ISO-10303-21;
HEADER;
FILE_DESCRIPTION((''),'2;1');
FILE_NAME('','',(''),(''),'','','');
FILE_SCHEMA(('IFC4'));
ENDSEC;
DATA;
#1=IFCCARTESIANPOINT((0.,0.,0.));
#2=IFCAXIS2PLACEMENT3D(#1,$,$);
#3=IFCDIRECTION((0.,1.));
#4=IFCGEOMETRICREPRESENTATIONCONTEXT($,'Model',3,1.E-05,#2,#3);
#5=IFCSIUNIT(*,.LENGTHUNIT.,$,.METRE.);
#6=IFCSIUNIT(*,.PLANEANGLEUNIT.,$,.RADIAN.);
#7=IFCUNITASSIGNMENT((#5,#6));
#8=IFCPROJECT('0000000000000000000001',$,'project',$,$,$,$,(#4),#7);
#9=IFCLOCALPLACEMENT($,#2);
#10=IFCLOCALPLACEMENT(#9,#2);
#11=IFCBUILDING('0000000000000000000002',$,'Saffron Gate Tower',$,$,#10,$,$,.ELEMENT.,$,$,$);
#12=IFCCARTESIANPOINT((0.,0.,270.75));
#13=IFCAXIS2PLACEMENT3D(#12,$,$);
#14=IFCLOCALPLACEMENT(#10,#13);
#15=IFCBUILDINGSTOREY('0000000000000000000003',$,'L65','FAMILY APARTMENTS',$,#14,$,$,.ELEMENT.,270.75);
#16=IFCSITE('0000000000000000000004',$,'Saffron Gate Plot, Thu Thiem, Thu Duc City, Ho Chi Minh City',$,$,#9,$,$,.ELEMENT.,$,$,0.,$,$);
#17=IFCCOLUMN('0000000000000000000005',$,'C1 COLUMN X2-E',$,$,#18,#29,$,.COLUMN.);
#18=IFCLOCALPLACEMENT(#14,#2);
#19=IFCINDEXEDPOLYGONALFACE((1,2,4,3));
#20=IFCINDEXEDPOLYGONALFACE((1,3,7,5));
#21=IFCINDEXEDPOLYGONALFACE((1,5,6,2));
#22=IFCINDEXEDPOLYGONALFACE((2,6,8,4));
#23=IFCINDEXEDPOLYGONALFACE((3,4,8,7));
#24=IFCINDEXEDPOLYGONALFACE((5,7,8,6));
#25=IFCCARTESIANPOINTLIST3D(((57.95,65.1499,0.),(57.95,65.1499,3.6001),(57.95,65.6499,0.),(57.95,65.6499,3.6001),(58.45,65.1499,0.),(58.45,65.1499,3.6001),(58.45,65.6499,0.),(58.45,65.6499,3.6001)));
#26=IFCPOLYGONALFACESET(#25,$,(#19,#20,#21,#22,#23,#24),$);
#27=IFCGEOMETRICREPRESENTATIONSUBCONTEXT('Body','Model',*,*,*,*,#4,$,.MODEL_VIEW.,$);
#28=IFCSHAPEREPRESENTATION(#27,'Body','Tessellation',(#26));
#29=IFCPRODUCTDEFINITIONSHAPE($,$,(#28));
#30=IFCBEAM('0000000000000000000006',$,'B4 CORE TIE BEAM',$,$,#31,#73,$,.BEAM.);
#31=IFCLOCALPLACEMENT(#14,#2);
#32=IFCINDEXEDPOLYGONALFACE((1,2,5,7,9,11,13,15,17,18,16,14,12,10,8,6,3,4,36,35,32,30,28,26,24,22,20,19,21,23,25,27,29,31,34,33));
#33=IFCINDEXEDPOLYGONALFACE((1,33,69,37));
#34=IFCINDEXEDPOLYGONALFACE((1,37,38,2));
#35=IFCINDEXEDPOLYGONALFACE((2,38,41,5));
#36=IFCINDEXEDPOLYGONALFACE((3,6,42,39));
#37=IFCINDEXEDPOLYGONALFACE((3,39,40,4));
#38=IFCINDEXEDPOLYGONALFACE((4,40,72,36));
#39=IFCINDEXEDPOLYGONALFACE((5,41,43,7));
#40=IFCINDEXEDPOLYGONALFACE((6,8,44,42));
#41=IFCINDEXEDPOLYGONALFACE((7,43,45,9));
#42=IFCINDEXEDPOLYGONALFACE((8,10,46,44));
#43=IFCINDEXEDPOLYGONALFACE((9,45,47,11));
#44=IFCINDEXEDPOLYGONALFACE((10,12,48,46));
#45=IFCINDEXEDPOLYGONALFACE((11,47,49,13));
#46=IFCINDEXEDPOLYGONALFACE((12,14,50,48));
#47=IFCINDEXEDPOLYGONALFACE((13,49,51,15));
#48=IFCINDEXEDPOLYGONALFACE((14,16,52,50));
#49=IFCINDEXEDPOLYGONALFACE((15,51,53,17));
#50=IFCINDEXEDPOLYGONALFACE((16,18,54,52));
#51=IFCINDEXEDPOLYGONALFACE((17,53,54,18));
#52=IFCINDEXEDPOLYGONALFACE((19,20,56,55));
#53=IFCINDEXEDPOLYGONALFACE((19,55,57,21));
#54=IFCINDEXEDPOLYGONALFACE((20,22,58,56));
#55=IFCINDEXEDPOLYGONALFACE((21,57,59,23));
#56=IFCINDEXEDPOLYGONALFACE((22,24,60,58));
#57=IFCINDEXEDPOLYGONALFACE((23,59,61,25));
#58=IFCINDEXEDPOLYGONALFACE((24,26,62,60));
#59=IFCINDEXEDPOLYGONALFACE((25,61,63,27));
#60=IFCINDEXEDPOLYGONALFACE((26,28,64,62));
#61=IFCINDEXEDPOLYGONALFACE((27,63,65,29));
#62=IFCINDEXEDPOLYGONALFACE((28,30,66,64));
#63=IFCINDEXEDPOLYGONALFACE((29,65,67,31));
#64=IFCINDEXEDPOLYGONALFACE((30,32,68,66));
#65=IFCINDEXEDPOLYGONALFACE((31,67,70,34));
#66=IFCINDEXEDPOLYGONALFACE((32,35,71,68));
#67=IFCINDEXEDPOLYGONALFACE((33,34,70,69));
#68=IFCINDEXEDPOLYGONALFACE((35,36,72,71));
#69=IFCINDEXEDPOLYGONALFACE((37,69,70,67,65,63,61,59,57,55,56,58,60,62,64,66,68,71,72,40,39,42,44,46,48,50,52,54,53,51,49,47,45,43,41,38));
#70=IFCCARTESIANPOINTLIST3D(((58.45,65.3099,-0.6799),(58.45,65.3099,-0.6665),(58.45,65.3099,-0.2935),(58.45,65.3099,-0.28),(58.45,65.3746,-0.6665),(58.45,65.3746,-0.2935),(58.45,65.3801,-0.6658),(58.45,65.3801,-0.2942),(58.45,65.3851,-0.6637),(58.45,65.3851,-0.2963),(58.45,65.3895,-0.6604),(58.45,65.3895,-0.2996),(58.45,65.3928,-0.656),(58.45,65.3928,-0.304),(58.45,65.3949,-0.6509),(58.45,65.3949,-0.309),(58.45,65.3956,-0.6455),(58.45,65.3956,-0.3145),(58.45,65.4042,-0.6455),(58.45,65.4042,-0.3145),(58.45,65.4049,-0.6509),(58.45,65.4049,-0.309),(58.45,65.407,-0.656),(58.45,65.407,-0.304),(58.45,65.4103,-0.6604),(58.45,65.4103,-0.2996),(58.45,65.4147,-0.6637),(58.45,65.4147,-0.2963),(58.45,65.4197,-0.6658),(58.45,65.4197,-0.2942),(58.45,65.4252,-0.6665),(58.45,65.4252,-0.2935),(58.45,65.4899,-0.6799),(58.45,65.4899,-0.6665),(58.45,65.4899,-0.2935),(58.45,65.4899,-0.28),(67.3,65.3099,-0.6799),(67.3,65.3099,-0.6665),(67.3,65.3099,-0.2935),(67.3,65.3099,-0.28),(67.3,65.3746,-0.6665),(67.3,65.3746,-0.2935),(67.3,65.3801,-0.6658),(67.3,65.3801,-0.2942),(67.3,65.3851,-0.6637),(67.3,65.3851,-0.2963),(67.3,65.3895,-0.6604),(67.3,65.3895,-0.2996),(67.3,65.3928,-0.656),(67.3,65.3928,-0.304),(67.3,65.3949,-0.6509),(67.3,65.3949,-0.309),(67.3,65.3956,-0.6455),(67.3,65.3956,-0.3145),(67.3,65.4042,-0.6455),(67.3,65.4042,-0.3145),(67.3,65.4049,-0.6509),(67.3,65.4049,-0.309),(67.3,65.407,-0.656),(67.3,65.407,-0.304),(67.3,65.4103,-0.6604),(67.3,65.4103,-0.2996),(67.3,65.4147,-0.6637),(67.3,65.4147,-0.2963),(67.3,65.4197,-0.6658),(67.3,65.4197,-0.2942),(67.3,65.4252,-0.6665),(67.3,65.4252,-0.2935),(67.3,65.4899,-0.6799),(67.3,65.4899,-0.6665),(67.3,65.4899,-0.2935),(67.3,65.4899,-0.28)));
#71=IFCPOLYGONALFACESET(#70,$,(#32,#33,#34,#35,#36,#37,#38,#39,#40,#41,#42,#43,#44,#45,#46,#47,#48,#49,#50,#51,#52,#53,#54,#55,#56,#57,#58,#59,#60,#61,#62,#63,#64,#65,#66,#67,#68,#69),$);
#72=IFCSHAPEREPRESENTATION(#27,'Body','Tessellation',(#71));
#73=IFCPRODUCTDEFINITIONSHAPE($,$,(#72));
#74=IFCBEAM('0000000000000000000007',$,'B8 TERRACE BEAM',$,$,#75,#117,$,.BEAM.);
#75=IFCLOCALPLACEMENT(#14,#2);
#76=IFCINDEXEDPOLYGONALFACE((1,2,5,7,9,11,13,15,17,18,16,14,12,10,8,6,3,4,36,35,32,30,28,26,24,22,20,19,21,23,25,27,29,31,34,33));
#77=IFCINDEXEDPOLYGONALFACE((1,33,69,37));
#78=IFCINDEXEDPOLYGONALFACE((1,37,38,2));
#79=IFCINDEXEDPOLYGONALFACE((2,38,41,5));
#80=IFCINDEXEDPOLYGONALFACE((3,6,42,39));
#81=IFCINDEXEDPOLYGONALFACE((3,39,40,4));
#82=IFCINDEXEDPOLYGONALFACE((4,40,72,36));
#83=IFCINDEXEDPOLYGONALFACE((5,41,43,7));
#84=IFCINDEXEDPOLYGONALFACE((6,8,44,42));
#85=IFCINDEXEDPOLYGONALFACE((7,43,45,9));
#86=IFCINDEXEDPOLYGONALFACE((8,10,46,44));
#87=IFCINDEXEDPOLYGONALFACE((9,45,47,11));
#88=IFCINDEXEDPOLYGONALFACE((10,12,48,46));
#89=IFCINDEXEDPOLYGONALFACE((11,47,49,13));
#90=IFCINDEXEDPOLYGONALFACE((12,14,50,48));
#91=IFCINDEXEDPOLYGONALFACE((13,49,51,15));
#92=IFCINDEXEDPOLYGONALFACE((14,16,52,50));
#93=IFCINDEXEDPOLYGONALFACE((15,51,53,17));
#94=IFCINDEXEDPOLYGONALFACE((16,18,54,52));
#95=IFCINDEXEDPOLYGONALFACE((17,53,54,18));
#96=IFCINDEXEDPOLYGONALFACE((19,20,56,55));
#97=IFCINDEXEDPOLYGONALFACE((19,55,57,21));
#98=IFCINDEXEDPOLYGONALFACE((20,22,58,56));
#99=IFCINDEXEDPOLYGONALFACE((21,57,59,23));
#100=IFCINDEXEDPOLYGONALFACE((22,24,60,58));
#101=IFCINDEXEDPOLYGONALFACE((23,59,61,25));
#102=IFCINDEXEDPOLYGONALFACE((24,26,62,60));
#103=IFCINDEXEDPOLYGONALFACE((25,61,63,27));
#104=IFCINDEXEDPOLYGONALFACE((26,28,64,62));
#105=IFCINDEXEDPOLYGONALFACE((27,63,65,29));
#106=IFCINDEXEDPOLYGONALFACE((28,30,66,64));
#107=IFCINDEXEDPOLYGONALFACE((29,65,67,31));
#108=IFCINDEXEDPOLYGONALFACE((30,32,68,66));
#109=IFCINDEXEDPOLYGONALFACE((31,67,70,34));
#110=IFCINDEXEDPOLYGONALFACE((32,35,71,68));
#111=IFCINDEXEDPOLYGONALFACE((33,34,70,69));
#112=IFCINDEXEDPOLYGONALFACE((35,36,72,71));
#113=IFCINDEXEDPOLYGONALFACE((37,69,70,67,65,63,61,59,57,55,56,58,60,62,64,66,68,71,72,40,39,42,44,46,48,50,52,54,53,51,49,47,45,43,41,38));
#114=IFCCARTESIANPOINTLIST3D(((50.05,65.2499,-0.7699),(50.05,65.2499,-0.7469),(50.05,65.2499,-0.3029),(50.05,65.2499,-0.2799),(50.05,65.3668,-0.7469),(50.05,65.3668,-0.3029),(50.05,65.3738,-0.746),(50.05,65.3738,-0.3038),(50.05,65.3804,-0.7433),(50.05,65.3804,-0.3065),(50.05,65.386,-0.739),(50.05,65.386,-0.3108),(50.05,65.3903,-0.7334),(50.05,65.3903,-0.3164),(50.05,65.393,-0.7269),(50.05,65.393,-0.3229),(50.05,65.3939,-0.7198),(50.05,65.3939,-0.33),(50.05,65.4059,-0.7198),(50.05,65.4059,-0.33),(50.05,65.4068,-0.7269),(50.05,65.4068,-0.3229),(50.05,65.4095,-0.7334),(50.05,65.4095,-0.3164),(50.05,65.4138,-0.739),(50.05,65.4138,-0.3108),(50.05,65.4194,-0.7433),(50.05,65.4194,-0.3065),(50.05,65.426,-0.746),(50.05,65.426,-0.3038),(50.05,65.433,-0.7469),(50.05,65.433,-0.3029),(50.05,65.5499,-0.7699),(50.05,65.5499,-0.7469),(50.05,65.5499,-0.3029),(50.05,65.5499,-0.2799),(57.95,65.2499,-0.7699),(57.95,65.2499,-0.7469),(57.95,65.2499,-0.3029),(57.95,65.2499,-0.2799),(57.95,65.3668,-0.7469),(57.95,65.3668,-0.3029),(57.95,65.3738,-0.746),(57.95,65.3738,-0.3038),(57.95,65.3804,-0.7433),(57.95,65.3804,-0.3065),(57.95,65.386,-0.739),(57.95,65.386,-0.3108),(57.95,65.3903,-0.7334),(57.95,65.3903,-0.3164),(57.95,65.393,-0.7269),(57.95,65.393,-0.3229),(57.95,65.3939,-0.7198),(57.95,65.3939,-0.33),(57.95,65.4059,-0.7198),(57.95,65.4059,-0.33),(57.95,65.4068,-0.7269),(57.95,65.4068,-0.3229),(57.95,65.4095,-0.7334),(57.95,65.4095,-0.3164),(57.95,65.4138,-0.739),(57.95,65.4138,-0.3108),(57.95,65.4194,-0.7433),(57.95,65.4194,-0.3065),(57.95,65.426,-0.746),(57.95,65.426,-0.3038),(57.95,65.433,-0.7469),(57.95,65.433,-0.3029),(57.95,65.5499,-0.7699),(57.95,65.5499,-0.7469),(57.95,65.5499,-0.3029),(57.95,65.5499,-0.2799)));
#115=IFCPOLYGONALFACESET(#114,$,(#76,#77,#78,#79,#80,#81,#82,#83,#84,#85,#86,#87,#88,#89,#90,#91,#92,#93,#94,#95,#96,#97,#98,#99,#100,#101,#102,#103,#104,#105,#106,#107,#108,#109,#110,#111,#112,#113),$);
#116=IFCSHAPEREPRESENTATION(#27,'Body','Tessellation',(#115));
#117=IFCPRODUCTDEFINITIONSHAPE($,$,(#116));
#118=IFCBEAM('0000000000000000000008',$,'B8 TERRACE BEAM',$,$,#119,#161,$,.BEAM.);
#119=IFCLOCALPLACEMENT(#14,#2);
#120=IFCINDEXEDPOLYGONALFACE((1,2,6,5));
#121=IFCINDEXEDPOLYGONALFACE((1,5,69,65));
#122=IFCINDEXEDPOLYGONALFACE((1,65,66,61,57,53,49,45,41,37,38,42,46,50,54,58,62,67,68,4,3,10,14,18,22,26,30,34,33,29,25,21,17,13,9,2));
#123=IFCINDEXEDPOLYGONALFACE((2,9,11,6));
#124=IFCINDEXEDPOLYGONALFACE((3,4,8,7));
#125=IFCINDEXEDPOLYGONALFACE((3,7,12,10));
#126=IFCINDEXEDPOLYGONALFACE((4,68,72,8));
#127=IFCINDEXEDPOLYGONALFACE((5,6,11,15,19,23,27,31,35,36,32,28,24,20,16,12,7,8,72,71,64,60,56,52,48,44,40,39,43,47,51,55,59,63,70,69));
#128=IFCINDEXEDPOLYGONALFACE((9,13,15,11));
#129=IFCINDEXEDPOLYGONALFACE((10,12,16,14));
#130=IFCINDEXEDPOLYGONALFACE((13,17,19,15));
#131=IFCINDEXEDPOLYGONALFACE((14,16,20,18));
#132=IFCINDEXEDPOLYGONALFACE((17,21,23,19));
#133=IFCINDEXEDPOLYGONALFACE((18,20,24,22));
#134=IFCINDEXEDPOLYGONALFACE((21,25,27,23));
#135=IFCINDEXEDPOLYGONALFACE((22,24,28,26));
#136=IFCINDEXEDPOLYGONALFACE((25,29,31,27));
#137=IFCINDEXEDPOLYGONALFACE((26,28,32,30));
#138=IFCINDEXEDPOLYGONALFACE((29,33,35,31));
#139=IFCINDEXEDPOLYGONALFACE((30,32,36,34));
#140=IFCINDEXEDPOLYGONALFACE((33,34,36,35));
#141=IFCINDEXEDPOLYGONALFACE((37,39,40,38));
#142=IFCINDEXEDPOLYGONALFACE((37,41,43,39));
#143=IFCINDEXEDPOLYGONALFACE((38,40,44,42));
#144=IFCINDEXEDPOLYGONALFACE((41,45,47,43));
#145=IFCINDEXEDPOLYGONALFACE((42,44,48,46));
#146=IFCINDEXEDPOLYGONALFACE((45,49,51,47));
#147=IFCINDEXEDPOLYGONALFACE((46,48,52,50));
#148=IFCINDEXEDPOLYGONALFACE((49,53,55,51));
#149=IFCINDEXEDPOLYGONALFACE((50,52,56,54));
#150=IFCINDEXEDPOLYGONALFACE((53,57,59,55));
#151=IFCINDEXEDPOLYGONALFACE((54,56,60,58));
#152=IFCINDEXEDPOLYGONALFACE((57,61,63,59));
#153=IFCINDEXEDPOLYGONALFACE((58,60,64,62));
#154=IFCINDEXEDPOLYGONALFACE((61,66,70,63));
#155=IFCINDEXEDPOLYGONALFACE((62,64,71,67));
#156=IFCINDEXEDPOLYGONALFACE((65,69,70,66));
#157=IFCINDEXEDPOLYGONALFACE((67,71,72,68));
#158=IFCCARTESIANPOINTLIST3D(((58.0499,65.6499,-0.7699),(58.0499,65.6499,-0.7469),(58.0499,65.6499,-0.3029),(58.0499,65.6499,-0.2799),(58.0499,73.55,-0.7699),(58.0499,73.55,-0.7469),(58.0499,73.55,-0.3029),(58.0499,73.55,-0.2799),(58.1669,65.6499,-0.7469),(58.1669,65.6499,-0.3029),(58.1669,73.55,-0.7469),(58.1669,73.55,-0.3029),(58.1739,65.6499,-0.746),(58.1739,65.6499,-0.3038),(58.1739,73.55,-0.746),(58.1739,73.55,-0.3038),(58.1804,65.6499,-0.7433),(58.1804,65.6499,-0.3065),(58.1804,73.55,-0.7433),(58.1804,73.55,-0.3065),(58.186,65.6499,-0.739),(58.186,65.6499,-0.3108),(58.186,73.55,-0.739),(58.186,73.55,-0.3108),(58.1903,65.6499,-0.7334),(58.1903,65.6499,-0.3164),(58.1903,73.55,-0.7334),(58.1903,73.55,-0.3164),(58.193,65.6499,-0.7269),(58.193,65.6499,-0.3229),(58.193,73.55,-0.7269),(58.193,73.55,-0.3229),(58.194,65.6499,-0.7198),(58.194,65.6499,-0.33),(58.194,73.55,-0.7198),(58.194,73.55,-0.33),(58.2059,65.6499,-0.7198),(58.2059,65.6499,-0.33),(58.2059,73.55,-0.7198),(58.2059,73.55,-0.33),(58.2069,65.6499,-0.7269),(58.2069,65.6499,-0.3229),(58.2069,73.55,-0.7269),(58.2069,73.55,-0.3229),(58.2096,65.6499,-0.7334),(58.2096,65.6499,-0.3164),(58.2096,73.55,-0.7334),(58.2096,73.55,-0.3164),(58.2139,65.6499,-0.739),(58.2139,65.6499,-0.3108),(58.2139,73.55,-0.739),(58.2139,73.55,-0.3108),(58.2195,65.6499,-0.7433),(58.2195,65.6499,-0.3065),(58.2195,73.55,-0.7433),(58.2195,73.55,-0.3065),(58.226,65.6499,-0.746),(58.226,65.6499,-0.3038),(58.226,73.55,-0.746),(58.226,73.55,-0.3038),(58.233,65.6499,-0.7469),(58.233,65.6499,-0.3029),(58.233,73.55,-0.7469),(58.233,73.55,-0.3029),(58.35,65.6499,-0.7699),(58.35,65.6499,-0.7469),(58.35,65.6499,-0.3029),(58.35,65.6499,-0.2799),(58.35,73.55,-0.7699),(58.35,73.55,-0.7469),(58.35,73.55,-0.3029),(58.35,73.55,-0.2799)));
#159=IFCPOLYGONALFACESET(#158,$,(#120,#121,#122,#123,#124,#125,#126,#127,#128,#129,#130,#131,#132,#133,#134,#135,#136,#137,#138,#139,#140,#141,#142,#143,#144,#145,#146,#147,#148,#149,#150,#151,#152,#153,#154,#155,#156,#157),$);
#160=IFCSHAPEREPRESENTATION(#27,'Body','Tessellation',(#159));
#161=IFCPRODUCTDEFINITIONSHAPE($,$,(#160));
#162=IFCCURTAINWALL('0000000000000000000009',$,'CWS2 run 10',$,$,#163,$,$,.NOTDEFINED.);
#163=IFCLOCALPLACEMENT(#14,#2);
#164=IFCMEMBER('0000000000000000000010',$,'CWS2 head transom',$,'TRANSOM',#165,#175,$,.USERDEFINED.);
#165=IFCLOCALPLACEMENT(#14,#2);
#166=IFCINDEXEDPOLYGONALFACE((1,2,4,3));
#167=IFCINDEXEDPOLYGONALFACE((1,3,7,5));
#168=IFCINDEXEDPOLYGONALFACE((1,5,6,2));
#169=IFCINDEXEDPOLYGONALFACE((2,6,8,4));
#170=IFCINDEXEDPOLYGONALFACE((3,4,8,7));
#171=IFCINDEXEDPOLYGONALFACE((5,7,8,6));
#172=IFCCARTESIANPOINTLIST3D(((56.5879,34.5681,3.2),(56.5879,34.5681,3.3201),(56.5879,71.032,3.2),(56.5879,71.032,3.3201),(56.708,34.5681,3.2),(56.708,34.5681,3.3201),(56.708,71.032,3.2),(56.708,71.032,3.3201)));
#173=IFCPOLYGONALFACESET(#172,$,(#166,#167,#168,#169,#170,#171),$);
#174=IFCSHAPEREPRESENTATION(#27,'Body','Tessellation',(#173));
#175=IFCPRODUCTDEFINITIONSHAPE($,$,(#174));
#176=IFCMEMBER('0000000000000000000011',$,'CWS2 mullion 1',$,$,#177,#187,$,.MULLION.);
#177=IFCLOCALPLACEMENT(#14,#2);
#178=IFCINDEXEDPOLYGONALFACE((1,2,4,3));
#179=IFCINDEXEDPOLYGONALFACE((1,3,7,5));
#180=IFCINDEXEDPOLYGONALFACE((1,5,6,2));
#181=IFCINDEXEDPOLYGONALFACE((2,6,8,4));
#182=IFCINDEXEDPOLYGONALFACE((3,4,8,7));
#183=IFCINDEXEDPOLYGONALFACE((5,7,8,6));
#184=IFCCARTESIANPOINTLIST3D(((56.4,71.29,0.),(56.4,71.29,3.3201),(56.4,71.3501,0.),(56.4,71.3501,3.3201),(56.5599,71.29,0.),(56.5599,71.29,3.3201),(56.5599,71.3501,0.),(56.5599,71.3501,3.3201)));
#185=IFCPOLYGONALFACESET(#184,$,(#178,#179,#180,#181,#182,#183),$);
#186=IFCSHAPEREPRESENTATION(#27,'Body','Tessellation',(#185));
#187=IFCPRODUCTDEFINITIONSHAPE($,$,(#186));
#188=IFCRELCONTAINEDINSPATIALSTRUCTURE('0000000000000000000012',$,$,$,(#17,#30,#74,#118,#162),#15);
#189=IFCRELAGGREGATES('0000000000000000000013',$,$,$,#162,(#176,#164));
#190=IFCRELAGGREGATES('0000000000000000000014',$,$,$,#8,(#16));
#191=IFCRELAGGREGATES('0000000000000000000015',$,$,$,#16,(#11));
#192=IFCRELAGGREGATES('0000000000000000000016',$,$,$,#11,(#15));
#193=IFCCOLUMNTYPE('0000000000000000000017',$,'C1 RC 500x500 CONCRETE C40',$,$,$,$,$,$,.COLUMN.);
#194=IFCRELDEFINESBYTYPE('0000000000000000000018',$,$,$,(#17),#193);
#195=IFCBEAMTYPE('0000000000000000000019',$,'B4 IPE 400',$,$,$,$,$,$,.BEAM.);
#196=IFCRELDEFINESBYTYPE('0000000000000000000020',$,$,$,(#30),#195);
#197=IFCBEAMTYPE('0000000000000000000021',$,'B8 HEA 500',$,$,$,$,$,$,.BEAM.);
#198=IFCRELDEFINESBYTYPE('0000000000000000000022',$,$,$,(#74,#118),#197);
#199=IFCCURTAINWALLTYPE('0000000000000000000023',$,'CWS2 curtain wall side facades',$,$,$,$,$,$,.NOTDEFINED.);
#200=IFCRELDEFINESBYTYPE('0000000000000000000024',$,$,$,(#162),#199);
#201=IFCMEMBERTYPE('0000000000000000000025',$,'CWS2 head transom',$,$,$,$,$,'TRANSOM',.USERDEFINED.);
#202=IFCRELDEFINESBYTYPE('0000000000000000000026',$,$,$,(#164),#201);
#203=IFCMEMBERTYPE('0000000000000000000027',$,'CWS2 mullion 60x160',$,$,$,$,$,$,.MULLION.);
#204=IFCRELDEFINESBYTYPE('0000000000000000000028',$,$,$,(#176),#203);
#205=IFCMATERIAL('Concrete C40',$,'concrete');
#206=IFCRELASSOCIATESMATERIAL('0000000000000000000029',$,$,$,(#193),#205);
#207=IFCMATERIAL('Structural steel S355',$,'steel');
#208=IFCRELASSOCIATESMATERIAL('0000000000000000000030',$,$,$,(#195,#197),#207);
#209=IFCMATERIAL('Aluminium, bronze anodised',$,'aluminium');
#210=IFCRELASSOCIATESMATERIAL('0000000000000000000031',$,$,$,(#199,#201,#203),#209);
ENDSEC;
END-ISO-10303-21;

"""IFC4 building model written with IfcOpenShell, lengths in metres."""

from ifc_helpers import new_model, si_unit, direction, frame, origin, origin_2d, place, context, subcontext, project, spatial, rectangle, i_section, extrude, material, material_profile, profile_set, type_object, element, aggregate, save


model = new_model("IFC4")

# Units and contexts
model_context = context("Model", 3, precision=1e-05, world=origin(), true_north=direction((0.0, 1.0)))
body_context = subcontext(model_context, "Body", "Model", "MODEL_VIEW")
ifc_project = project(units=[si_unit("LENGTHUNIT", "METRE"), si_unit("PLANEANGLEUNIT", "RADIAN")], contexts=[model_context])

# Site, building, storey
site_placement = place(None, origin())
site = spatial("IfcSite", under=ifc_project, at=site_placement, Name="Saffron Gate Plot, Thu Thiem, Thu Duc City, Ho Chi Minh City", CompositionType="ELEMENT", RefElevation=0.0)
building_placement = place(site_placement, origin())
building = spatial("IfcBuilding", under=site, at=building_placement, Name="Saffron Gate Tower", CompositionType="ELEMENT")
storey_placement = place(building_placement, frame((0.0, 0.0, 270.75)))
storey = spatial("IfcBuildingStorey", under=building, at=storey_placement, Name="L65", Description="FAMILY APARTMENTS", CompositionType="ELEMENT", Elevation=270.75)

# Column
ifc_material_1 = material(Name="Concrete C40", Category="concrete")
ifc_material_profile_1 = material_profile(ifc_material_1, rectangle(XDim=0.5, YDim=0.5, at=origin_2d()))
ifc_profile_set_1 = profile_set([ifc_material_profile_1], Name="Concrete C40")
column_type = type_object("IfcColumnType", Name="C1 RC 500x500 CONCRETE C40", PredefinedType="COLUMN", material=ifc_profile_set_1)
column_placement = place(storey_placement, frame((58.2, 65.3999, 0.0), z_axis=(0.0, 0.0, 1.0), x_axis=(1.0, 0.0, 0.0)))
element("IfcColumn", 1, at=column_placement, inside=storey, type_object=column_type, Name="C1 COLUMN X2-E", PredefinedType="COLUMN", context=body_context, shape_type="SweptSolid", body=[
    extrude(rectangle(XDim=0.5, YDim=0.5, at=origin_2d()), origin(), (0.0, 0.0, 1.0), 3.6001),
])

# Beams
ifc_material_2 = material(Name="Structural steel S355", Category="steel")
ifc_material_profile_2 = material_profile(ifc_material_2, i_section(OverallWidth=0.1799, OverallDepth=0.3999, WebThickness=0.0085, FlangeThickness=0.0134, FilletRadius=0.021, at=origin_2d()))
ifc_profile_set_2 = profile_set([ifc_material_profile_2], Name="Structural steel S355")
beam_type_1 = type_object("IfcBeamType", Name="B4 IPE 400", PredefinedType="BEAM", material=ifc_profile_set_2)
beam_1_placement = place(storey_placement, frame((58.45, 65.3999, -0.48), z_axis=(1.0, 0.0, 0.0), x_axis=(0.0, 1.0, 0.0)))
element("IfcBeam", 2, at=beam_1_placement, inside=storey, type_object=beam_type_1, Name="B4 CORE TIE BEAM", PredefinedType="BEAM", context=body_context, shape_type="SweptSolid", body=[
    extrude(i_section(OverallWidth=0.1799, OverallDepth=0.3999, WebThickness=0.0085, FlangeThickness=0.0134, FilletRadius=0.021, at=origin_2d()), origin(), (0.0, 0.0, 1.0), 8.8501),
])
ifc_material_profile_3 = material_profile(ifc_material_2, i_section(OverallWidth=0.3, OverallDepth=0.49, WebThickness=0.012, FlangeThickness=0.0229, FilletRadius=0.0271, at=origin_2d()))
ifc_profile_set_3 = profile_set([ifc_material_profile_3], Name="Structural steel S355")
beam_type_2 = type_object("IfcBeamType", Name="B8 HEA 500", PredefinedType="BEAM", material=ifc_profile_set_3)
beam_2_placement = place(storey_placement, frame((50.05, 65.3999, -0.5249), z_axis=(1.0, 0.0, 0.0), x_axis=(0.0, 1.0, 0.0)))
element("IfcBeam", 3, at=beam_2_placement, inside=storey, type_object=beam_type_2, Name="B8 TERRACE BEAM", PredefinedType="BEAM", context=body_context, shape_type="SweptSolid", body=[
    extrude(i_section(OverallWidth=0.3, OverallDepth=0.49, WebThickness=0.012, FlangeThickness=0.0229, FilletRadius=0.0271, at=origin_2d()), origin(), (0.0, 0.0, 1.0), 7.8999),
])
beam_3_placement = place(storey_placement, frame((58.2, 65.6499, -0.5249), z_axis=(0.0, 1.0, 0.0), x_axis=(-1.0, 0.0, 0.0)))
element("IfcBeam", 4, at=beam_3_placement, inside=storey, type_object=beam_type_2, Name="B8 TERRACE BEAM", PredefinedType="BEAM", context=body_context, shape_type="SweptSolid", body=[
    extrude(i_section(OverallWidth=0.3, OverallDepth=0.49, WebThickness=0.012, FlangeThickness=0.0229, FilletRadius=0.0271, at=origin_2d()), origin(), (0.0, 0.0, 1.0), 7.9001),
])

# Curtain wall, members
ifc_material_3 = material(Name="Aluminium, bronze anodised", Category="aluminium")
curtain_wall_type_1 = type_object("IfcCurtainWallType", Name="CWS2 curtain wall side facades", PredefinedType="NOTDEFINED", material=ifc_material_3)
curtain_wall_1_placement = place(storey_placement, origin())
curtain_wall_1 = element("IfcCurtainWall", 5, at=curtain_wall_1_placement, inside=storey, type_object=curtain_wall_type_1, Name="CWS2 run 10", PredefinedType="NOTDEFINED")
ifc_material_profile_4 = material_profile(ifc_material_3, rectangle(XDim=0.1201, YDim=0.1201, at=origin_2d()))
ifc_profile_set_4 = profile_set([ifc_material_profile_4], Name="Aluminium, bronze anodised")
member_type_1 = type_object("IfcMemberType", Name="CWS2 head transom", ElementType="TRANSOM", PredefinedType="USERDEFINED", material=ifc_profile_set_4)
member_1_placement = place(storey_placement, frame((56.6479, 71.032, 3.26), z_axis=(0.0, -1.0, 0.0), x_axis=(1.0, 0.0, 0.0)))
member_1 = element("IfcMember", 6, at=member_1_placement, type_object=member_type_1, Name="CWS2 head transom", ObjectType="TRANSOM", PredefinedType="USERDEFINED", context=body_context, shape_type="SweptSolid", body=[
    extrude(rectangle(XDim=0.1201, YDim=0.1201, at=origin_2d()), origin(), (0.0, 0.0, 1.0), 36.4639),
])
ifc_material_profile_5 = material_profile(ifc_material_3, rectangle(XDim=0.1599, YDim=0.0601, at=origin_2d()))
ifc_profile_set_5 = profile_set([ifc_material_profile_5], Name="Aluminium, bronze anodised")
member_type_2 = type_object("IfcMemberType", Name="CWS2 mullion 60x160", PredefinedType="MULLION", material=ifc_profile_set_5)
member_2_placement = place(storey_placement, frame((56.48, 71.3201, 0.0), z_axis=(0.0, 0.0, 1.0), x_axis=(1.0, 0.0, 0.0)))
member_2 = element("IfcMember", 7, at=member_2_placement, type_object=member_type_2, Name="CWS2 mullion 1", PredefinedType="MULLION", context=body_context, shape_type="SweptSolid", body=[
    extrude(rectangle(XDim=0.1599, YDim=0.0601, at=origin_2d()), origin(), (0.0, 0.0, 1.0), 3.3201),
])

aggregate(curtain_wall_1, [member_2, member_1])

save(model, "model.ifc")
